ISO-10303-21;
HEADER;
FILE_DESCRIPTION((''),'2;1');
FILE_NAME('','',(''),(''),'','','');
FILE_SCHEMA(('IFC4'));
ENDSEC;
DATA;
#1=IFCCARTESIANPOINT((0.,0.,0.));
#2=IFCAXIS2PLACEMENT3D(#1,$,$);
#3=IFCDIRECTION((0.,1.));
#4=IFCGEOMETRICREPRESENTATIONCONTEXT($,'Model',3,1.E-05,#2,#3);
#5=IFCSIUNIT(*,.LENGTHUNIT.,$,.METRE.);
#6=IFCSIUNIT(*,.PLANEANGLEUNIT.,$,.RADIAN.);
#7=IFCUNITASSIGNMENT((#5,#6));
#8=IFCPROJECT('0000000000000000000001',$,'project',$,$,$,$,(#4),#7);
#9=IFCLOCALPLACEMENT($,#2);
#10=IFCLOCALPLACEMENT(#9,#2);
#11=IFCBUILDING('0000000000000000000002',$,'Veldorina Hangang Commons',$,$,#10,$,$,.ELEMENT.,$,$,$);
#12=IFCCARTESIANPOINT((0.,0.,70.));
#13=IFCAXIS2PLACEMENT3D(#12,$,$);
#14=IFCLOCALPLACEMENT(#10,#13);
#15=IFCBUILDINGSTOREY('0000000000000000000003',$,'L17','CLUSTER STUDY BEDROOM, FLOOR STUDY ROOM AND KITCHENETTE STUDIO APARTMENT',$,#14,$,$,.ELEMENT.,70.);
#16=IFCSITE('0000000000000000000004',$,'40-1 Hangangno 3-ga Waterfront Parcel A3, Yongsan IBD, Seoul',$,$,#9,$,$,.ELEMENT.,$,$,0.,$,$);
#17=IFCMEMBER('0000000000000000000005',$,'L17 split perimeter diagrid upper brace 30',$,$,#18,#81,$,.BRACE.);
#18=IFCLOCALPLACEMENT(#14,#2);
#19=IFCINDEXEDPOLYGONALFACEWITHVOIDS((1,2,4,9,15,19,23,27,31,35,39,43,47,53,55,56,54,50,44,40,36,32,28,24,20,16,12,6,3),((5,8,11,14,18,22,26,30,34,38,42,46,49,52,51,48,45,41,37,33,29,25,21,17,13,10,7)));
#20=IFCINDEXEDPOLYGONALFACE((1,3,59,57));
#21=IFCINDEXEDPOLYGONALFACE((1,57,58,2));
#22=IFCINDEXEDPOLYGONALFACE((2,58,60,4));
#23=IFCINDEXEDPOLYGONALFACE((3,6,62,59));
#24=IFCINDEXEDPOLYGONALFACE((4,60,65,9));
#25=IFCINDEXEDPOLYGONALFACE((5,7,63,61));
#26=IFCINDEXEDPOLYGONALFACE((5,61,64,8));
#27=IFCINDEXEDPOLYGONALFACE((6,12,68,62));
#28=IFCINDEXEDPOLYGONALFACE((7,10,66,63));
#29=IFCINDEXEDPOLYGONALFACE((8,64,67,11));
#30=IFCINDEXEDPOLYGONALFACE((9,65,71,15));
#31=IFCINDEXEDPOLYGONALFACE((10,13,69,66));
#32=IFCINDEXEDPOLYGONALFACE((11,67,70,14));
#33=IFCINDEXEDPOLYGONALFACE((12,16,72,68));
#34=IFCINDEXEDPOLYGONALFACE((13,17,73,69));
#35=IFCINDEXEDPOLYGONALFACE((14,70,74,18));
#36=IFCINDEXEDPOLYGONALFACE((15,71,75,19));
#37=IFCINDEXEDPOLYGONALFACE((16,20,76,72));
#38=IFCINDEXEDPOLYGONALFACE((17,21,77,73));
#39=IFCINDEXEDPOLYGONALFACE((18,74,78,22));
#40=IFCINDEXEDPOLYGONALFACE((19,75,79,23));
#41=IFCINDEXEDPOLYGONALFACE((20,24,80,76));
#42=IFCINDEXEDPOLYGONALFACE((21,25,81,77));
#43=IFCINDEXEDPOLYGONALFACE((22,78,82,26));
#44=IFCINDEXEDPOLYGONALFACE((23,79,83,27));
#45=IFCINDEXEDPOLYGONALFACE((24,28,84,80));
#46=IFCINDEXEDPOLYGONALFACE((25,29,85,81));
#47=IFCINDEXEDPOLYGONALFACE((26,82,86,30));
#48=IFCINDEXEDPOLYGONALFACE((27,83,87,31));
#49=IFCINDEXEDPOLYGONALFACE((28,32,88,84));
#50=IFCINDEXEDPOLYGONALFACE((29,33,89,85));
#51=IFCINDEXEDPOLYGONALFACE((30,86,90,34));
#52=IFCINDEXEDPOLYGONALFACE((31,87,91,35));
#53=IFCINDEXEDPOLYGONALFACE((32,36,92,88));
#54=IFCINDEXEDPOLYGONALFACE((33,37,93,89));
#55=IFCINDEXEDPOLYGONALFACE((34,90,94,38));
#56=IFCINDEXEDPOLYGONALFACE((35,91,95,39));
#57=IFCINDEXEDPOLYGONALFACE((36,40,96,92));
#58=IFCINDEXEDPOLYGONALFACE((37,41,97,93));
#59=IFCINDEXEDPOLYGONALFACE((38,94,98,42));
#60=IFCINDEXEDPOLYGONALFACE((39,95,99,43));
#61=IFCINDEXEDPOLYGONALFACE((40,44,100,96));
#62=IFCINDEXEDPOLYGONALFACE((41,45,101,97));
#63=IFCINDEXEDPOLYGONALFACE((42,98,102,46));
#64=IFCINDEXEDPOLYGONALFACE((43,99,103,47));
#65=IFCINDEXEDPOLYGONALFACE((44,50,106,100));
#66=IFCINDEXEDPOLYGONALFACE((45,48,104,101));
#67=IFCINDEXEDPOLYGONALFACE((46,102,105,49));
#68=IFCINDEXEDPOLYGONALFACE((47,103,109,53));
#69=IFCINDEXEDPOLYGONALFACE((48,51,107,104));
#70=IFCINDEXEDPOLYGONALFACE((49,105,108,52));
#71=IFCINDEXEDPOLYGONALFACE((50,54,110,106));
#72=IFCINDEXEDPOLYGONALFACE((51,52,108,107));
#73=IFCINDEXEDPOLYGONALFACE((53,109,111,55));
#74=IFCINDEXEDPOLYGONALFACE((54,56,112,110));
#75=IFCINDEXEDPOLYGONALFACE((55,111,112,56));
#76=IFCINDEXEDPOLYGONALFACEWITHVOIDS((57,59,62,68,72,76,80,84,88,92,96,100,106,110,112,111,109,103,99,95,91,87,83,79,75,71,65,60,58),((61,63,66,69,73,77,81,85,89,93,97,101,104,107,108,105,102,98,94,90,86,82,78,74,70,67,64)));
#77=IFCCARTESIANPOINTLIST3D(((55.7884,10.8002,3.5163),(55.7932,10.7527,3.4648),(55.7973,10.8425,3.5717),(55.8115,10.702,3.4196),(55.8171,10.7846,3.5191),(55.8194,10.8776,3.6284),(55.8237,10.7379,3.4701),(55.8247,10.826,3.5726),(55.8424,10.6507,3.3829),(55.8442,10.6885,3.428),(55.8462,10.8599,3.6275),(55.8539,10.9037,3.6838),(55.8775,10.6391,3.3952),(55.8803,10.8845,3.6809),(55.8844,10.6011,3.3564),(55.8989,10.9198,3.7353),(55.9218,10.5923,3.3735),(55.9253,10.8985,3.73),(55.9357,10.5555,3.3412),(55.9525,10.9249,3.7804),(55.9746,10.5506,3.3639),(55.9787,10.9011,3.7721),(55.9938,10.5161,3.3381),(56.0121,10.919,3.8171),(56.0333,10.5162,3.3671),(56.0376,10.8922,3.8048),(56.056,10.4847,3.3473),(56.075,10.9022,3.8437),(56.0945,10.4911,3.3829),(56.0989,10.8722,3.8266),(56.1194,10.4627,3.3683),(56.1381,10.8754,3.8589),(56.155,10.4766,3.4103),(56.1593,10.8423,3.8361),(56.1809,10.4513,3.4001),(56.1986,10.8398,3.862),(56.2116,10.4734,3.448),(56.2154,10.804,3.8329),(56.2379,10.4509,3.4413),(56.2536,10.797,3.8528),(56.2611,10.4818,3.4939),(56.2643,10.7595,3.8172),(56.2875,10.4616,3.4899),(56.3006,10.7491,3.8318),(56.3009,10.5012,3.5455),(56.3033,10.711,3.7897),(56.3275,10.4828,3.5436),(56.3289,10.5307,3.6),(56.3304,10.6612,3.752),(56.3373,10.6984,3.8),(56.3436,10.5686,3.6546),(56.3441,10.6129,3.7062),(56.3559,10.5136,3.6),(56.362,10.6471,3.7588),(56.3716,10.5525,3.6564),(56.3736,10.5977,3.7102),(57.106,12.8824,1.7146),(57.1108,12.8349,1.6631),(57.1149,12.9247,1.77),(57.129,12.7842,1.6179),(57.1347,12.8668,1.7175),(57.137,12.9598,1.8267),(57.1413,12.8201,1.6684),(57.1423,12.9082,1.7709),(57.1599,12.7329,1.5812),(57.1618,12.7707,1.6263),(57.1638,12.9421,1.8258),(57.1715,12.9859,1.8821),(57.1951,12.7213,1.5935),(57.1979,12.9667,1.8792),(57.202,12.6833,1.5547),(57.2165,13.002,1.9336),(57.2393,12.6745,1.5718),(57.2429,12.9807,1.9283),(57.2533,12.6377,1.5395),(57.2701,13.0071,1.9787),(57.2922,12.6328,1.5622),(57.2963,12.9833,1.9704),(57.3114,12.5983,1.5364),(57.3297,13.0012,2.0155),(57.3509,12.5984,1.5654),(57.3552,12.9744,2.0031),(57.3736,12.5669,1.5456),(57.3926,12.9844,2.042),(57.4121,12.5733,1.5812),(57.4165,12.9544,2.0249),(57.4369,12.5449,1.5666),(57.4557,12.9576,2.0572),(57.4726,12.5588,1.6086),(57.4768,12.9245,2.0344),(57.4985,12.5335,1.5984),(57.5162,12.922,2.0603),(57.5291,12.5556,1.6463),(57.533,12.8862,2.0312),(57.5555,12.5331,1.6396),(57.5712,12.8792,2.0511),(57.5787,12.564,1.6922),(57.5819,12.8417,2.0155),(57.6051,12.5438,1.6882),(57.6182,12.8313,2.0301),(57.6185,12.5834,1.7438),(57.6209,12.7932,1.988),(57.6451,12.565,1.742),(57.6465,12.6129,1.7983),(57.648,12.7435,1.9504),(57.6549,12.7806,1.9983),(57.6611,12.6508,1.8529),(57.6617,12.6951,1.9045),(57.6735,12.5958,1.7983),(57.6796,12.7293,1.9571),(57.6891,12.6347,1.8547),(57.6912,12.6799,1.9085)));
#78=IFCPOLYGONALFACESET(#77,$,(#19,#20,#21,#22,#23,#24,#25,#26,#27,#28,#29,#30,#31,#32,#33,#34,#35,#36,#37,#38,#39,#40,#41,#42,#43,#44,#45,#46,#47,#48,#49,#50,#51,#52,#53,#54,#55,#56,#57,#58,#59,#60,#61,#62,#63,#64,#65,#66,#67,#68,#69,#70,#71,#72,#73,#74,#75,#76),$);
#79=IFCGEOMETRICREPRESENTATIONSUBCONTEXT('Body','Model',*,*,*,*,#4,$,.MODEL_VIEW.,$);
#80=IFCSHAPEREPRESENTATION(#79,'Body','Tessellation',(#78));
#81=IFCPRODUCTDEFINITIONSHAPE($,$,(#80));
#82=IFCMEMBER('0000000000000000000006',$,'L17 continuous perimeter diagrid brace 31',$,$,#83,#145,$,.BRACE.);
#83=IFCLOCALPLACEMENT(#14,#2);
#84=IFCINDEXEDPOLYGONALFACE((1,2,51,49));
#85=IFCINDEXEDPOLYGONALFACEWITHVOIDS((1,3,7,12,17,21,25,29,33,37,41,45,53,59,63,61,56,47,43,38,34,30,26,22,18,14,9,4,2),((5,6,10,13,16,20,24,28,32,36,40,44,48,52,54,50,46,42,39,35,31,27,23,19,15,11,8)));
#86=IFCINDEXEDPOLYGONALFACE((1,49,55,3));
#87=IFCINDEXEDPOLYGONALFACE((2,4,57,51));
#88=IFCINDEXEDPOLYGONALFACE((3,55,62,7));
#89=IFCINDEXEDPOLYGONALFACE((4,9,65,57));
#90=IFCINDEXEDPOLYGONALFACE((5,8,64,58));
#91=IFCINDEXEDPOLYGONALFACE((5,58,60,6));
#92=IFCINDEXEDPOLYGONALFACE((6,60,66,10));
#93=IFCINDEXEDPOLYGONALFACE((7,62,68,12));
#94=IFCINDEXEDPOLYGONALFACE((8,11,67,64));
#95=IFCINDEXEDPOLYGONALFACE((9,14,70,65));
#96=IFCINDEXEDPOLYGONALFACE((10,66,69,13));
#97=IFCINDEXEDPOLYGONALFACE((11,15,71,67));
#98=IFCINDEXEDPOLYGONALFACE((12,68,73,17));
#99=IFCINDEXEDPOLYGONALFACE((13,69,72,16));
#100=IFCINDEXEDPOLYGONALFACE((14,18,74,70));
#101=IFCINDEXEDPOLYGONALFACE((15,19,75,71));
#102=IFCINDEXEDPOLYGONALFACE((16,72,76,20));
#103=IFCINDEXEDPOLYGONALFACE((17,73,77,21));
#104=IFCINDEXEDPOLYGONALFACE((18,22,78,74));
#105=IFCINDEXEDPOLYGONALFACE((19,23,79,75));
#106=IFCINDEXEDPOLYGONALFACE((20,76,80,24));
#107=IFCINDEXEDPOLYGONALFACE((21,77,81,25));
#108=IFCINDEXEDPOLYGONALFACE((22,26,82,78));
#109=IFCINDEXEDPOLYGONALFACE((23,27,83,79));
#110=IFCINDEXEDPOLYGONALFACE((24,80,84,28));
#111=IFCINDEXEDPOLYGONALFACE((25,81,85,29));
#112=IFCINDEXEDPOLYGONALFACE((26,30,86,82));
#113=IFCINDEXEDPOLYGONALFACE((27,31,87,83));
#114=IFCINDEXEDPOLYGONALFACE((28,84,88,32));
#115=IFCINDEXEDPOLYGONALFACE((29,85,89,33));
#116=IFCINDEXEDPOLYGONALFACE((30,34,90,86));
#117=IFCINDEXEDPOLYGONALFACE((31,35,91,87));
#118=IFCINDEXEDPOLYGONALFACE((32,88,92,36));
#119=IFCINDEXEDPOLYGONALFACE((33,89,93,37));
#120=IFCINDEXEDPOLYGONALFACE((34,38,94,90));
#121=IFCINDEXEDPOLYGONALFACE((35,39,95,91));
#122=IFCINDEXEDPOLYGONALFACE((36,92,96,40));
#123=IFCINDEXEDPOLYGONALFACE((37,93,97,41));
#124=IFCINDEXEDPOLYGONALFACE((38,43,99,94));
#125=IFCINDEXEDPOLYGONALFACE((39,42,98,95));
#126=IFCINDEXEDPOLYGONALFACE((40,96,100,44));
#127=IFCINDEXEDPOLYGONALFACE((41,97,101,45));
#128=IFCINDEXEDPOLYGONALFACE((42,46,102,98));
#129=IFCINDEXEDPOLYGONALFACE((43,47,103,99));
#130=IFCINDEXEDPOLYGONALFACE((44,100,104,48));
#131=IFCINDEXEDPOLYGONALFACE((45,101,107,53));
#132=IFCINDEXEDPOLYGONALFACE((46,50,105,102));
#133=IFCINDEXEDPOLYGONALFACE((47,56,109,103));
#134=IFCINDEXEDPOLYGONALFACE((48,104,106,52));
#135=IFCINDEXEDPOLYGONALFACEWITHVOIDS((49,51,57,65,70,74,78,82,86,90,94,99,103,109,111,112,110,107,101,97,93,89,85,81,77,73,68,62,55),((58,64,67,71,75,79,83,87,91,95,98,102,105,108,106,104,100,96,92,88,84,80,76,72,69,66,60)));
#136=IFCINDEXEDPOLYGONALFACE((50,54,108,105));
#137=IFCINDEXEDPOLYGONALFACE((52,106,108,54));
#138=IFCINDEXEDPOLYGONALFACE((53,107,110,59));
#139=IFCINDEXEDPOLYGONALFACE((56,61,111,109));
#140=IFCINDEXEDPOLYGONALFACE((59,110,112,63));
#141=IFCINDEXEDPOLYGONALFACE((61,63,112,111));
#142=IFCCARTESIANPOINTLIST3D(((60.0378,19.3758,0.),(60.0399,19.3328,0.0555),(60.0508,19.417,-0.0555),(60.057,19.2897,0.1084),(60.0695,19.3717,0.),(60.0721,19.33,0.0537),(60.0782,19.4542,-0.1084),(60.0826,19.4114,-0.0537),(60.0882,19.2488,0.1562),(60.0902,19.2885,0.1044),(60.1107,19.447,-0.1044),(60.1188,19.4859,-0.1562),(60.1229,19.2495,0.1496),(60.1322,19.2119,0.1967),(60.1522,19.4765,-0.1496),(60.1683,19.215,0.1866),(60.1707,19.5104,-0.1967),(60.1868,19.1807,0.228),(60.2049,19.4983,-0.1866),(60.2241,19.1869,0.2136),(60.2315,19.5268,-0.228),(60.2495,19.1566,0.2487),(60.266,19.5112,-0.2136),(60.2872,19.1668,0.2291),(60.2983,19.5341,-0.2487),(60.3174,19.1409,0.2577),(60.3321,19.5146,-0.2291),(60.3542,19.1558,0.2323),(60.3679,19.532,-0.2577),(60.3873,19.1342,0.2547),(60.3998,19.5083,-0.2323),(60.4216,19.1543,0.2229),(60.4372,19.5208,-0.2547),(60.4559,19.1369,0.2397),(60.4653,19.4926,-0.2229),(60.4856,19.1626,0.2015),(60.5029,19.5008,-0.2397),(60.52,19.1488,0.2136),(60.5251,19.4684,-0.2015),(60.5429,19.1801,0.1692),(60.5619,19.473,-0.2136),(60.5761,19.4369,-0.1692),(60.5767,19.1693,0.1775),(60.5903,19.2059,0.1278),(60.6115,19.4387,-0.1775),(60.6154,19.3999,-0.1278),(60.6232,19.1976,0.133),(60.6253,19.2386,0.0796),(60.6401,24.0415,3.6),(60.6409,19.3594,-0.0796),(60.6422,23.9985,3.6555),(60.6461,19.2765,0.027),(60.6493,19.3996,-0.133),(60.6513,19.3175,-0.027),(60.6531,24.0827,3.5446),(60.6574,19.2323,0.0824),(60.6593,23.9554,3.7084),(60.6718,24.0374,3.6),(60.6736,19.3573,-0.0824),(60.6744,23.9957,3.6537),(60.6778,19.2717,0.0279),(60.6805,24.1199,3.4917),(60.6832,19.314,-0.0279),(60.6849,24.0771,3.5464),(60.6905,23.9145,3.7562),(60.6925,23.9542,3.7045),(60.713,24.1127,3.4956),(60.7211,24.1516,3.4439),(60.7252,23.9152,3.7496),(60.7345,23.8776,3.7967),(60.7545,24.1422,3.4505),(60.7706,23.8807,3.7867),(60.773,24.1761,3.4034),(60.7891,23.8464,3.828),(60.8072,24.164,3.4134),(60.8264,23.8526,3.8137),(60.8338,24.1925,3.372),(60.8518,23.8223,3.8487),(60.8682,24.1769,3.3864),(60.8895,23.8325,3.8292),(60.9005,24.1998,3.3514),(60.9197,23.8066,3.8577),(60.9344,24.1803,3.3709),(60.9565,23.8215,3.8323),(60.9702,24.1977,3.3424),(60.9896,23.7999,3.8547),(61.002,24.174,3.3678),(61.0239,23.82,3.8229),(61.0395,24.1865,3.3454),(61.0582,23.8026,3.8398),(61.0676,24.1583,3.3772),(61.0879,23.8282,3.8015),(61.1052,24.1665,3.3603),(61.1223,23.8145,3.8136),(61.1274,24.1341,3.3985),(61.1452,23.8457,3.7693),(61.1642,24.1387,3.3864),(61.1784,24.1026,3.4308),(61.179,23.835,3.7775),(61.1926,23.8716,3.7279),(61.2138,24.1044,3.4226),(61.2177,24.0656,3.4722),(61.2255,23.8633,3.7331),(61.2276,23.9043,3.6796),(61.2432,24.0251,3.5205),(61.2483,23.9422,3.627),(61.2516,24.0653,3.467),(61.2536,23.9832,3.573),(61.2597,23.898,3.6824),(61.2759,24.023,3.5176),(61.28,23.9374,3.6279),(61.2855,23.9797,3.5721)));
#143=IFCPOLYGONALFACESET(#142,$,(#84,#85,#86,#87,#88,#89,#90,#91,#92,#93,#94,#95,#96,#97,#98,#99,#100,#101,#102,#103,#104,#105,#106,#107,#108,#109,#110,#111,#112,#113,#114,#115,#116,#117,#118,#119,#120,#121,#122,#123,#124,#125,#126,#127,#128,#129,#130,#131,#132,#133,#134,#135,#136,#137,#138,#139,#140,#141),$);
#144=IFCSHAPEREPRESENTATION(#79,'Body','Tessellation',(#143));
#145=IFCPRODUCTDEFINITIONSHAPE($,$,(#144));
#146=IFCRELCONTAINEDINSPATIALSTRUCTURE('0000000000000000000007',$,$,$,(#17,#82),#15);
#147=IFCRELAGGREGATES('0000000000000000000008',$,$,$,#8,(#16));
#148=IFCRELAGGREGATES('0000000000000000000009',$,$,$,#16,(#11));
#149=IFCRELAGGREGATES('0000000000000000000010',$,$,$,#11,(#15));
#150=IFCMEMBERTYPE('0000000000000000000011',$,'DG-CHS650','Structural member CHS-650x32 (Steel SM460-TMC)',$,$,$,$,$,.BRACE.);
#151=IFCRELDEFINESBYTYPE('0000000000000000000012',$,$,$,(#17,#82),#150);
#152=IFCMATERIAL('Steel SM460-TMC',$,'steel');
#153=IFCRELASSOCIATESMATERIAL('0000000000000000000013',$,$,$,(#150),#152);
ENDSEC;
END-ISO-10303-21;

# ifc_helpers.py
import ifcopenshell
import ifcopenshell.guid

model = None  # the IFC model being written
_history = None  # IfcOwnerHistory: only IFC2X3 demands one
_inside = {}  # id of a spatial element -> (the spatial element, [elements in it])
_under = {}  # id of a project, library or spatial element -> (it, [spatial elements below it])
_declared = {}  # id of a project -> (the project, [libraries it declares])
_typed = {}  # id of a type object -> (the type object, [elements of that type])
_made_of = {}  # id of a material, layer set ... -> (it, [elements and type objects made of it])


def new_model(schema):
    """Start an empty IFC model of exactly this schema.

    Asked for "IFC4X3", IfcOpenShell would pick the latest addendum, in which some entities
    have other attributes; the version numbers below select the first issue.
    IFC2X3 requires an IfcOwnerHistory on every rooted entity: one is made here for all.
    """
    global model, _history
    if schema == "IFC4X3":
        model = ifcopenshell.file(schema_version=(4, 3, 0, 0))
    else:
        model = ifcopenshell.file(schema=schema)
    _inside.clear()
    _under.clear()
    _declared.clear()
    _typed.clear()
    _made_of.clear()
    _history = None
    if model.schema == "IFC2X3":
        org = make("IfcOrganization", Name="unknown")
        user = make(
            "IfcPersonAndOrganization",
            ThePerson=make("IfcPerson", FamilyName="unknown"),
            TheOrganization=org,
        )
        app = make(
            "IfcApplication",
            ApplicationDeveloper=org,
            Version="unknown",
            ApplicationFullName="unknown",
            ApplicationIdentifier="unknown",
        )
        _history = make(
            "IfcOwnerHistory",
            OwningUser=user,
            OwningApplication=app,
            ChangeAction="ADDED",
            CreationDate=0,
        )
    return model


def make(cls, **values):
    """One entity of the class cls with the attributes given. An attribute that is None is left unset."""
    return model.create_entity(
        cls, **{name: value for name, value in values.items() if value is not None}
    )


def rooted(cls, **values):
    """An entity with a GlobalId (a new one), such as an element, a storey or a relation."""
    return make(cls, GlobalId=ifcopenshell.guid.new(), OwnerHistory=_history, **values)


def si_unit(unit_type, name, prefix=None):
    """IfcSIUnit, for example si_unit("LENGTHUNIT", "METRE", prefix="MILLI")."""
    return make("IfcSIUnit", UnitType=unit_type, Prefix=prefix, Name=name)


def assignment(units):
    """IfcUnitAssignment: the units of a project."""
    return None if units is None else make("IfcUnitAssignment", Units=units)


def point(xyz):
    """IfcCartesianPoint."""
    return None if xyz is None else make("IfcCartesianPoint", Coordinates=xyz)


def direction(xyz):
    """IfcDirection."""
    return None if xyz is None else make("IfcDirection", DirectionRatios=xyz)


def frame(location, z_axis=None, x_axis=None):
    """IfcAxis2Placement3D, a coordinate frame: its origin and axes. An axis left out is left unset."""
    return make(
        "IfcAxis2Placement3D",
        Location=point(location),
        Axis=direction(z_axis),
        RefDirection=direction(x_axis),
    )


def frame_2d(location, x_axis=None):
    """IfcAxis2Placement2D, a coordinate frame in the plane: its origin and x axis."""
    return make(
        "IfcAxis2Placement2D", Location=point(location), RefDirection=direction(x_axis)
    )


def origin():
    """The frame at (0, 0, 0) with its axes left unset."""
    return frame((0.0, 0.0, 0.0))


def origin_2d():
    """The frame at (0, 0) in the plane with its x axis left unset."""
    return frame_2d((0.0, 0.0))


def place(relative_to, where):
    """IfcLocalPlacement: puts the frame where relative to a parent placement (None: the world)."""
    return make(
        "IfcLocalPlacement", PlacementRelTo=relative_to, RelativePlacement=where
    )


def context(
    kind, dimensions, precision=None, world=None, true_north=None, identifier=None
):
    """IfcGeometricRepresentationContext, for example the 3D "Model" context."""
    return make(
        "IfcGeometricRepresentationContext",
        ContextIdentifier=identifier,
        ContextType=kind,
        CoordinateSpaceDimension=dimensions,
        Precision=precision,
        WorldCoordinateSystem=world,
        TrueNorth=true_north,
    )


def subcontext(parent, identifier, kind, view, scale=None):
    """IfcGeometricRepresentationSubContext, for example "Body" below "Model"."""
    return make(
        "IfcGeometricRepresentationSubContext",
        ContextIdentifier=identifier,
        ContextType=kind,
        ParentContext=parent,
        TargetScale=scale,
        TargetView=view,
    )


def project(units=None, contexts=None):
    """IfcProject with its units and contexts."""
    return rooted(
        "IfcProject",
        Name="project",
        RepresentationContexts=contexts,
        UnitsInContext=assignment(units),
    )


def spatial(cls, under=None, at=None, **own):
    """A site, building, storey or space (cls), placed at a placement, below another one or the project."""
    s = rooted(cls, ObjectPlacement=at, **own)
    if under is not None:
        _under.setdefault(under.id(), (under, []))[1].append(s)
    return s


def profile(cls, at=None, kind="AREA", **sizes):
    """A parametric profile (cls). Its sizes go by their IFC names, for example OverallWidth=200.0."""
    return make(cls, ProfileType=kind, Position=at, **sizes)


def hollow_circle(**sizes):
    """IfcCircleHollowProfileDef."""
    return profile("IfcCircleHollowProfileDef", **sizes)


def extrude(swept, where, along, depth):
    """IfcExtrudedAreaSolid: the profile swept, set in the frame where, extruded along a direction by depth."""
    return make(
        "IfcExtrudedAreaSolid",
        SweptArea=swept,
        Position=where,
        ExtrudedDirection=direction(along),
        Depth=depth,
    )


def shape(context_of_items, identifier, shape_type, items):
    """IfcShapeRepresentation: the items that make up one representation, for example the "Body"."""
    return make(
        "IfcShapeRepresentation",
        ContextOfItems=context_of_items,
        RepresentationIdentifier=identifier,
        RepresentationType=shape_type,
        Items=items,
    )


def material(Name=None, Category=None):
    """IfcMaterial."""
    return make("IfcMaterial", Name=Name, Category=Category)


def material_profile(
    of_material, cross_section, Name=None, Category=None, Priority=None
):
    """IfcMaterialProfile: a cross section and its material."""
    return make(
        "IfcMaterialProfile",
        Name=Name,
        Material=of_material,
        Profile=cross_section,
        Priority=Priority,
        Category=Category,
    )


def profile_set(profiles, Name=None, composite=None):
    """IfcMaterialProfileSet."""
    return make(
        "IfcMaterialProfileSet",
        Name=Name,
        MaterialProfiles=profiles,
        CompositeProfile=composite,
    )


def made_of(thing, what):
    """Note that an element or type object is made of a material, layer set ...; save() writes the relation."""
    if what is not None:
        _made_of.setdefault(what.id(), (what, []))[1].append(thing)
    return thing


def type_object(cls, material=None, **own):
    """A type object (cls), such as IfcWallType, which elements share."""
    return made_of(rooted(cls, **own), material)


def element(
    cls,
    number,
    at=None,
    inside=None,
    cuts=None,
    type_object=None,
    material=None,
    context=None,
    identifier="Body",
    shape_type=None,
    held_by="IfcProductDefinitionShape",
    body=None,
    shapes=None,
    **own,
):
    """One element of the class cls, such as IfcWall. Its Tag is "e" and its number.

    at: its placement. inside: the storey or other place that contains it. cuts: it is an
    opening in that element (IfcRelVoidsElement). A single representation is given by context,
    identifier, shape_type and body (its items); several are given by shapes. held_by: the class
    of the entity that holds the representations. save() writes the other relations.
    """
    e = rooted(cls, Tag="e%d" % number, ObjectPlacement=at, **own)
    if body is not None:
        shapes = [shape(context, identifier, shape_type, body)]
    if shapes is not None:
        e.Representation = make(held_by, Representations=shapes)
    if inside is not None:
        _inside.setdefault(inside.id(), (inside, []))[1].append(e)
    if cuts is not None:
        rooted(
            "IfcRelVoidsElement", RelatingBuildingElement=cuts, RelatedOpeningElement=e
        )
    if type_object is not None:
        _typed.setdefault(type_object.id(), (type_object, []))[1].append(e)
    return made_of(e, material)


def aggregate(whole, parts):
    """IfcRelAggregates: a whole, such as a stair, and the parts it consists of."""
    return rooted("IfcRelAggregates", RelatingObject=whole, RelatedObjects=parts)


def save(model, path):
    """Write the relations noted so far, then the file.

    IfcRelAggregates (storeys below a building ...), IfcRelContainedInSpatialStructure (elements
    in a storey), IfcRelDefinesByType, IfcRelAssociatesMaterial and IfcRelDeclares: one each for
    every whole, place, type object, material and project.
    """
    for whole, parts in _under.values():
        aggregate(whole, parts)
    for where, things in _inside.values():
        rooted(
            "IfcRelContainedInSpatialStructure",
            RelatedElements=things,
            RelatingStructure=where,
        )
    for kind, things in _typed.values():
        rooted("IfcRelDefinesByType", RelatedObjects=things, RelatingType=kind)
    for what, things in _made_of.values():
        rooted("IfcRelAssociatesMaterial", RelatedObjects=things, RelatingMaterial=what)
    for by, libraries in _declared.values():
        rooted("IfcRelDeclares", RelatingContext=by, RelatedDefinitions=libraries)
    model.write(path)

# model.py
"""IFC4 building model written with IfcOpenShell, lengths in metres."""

from ifc_helpers import new_model, si_unit, direction, frame, origin, origin_2d, place, context, subcontext, project, spatial, hollow_circle, extrude, material, material_profile, profile_set, type_object, element, save


model = new_model("IFC4")

# Units and contexts
model_context = context("Model", 3, precision=1e-05, world=origin(), true_north=direction((0.0, 1.0)))
body_context = subcontext(model_context, "Body", "Model", "MODEL_VIEW")
ifc_project = project(units=[si_unit("LENGTHUNIT", "METRE"), si_unit("PLANEANGLEUNIT", "RADIAN")], contexts=[model_context])

# Site, building, storey
site_placement = place(None, origin())
site = spatial("IfcSite", under=ifc_project, at=site_placement, Name="40-1 Hangangno 3-ga Waterfront Parcel A3, Yongsan IBD, Seoul", CompositionType="ELEMENT", RefElevation=0.0)
building_placement = place(site_placement, origin())
building = spatial("IfcBuilding", under=site, at=building_placement, Name="Veldorina Hangang Commons", CompositionType="ELEMENT")
storey_placement = place(building_placement, frame((0.0, 0.0, 70.0)))
storey = spatial("IfcBuildingStorey", under=building, at=storey_placement, Name="L17", Description="CLUSTER STUDY BEDROOM, FLOOR STUDY ROOM AND KITCHENETTE STUDIO APARTMENT", CompositionType="ELEMENT", Elevation=70.0)

# Members
ifc_material_1 = material(Name="Steel SM460-TMC", Category="steel")
ifc_material_profile_1 = material_profile(ifc_material_1, hollow_circle(Radius=0.325, WallThickness=0.032, at=origin_2d()), Name="CHS-650x32")
ifc_profile_set_1 = profile_set([ifc_material_profile_1], Name="Steel SM460-TMC")
member_type_1 = type_object("IfcMemberType", Name="DG-CHS650", Description="Structural member CHS-650x32 (Steel SM460-TMC)", PredefinedType="BRACE", material=ifc_profile_set_1)
member_1_placement = place(storey_placement, frame((57.3989, 12.7695, 1.7983), z_axis=(-0.431641, -0.682133, 0.590238), x_axis=(0.84503, -0.53472, 0.0)))
element("IfcMember", 1, at=member_1_placement, inside=storey, type_object=member_type_1, Name="L17 split perimeter diagrid upper brace 30", PredefinedType="BRACE", context=body_context, shape_type="SweptSolid", body=[
    extrude(hollow_circle(Radius=0.325, WallThickness=0.032, at=origin_2d()), origin(), (0.0, 0.0, 1.0), 3.0525),
])
member_2_placement = place(storey_placement, frame((60.3601, 19.3342, 0.0), z_axis=(0.101672, 0.787615, 0.607722), x_axis=(-0.991771, 0.128026, 0.0)))
element("IfcMember", 2, at=member_2_placement, inside=storey, type_object=member_type_1, Name="L17 continuous perimeter diagrid brace 31", PredefinedType="BRACE", context=body_context, shape_type="SweptSolid", body=[
    extrude(hollow_circle(Radius=0.325, WallThickness=0.032, at=origin_2d()), origin(), (0.0, 0.0, 1.0), 5.9238),
])

save(model, "model.ifc")
